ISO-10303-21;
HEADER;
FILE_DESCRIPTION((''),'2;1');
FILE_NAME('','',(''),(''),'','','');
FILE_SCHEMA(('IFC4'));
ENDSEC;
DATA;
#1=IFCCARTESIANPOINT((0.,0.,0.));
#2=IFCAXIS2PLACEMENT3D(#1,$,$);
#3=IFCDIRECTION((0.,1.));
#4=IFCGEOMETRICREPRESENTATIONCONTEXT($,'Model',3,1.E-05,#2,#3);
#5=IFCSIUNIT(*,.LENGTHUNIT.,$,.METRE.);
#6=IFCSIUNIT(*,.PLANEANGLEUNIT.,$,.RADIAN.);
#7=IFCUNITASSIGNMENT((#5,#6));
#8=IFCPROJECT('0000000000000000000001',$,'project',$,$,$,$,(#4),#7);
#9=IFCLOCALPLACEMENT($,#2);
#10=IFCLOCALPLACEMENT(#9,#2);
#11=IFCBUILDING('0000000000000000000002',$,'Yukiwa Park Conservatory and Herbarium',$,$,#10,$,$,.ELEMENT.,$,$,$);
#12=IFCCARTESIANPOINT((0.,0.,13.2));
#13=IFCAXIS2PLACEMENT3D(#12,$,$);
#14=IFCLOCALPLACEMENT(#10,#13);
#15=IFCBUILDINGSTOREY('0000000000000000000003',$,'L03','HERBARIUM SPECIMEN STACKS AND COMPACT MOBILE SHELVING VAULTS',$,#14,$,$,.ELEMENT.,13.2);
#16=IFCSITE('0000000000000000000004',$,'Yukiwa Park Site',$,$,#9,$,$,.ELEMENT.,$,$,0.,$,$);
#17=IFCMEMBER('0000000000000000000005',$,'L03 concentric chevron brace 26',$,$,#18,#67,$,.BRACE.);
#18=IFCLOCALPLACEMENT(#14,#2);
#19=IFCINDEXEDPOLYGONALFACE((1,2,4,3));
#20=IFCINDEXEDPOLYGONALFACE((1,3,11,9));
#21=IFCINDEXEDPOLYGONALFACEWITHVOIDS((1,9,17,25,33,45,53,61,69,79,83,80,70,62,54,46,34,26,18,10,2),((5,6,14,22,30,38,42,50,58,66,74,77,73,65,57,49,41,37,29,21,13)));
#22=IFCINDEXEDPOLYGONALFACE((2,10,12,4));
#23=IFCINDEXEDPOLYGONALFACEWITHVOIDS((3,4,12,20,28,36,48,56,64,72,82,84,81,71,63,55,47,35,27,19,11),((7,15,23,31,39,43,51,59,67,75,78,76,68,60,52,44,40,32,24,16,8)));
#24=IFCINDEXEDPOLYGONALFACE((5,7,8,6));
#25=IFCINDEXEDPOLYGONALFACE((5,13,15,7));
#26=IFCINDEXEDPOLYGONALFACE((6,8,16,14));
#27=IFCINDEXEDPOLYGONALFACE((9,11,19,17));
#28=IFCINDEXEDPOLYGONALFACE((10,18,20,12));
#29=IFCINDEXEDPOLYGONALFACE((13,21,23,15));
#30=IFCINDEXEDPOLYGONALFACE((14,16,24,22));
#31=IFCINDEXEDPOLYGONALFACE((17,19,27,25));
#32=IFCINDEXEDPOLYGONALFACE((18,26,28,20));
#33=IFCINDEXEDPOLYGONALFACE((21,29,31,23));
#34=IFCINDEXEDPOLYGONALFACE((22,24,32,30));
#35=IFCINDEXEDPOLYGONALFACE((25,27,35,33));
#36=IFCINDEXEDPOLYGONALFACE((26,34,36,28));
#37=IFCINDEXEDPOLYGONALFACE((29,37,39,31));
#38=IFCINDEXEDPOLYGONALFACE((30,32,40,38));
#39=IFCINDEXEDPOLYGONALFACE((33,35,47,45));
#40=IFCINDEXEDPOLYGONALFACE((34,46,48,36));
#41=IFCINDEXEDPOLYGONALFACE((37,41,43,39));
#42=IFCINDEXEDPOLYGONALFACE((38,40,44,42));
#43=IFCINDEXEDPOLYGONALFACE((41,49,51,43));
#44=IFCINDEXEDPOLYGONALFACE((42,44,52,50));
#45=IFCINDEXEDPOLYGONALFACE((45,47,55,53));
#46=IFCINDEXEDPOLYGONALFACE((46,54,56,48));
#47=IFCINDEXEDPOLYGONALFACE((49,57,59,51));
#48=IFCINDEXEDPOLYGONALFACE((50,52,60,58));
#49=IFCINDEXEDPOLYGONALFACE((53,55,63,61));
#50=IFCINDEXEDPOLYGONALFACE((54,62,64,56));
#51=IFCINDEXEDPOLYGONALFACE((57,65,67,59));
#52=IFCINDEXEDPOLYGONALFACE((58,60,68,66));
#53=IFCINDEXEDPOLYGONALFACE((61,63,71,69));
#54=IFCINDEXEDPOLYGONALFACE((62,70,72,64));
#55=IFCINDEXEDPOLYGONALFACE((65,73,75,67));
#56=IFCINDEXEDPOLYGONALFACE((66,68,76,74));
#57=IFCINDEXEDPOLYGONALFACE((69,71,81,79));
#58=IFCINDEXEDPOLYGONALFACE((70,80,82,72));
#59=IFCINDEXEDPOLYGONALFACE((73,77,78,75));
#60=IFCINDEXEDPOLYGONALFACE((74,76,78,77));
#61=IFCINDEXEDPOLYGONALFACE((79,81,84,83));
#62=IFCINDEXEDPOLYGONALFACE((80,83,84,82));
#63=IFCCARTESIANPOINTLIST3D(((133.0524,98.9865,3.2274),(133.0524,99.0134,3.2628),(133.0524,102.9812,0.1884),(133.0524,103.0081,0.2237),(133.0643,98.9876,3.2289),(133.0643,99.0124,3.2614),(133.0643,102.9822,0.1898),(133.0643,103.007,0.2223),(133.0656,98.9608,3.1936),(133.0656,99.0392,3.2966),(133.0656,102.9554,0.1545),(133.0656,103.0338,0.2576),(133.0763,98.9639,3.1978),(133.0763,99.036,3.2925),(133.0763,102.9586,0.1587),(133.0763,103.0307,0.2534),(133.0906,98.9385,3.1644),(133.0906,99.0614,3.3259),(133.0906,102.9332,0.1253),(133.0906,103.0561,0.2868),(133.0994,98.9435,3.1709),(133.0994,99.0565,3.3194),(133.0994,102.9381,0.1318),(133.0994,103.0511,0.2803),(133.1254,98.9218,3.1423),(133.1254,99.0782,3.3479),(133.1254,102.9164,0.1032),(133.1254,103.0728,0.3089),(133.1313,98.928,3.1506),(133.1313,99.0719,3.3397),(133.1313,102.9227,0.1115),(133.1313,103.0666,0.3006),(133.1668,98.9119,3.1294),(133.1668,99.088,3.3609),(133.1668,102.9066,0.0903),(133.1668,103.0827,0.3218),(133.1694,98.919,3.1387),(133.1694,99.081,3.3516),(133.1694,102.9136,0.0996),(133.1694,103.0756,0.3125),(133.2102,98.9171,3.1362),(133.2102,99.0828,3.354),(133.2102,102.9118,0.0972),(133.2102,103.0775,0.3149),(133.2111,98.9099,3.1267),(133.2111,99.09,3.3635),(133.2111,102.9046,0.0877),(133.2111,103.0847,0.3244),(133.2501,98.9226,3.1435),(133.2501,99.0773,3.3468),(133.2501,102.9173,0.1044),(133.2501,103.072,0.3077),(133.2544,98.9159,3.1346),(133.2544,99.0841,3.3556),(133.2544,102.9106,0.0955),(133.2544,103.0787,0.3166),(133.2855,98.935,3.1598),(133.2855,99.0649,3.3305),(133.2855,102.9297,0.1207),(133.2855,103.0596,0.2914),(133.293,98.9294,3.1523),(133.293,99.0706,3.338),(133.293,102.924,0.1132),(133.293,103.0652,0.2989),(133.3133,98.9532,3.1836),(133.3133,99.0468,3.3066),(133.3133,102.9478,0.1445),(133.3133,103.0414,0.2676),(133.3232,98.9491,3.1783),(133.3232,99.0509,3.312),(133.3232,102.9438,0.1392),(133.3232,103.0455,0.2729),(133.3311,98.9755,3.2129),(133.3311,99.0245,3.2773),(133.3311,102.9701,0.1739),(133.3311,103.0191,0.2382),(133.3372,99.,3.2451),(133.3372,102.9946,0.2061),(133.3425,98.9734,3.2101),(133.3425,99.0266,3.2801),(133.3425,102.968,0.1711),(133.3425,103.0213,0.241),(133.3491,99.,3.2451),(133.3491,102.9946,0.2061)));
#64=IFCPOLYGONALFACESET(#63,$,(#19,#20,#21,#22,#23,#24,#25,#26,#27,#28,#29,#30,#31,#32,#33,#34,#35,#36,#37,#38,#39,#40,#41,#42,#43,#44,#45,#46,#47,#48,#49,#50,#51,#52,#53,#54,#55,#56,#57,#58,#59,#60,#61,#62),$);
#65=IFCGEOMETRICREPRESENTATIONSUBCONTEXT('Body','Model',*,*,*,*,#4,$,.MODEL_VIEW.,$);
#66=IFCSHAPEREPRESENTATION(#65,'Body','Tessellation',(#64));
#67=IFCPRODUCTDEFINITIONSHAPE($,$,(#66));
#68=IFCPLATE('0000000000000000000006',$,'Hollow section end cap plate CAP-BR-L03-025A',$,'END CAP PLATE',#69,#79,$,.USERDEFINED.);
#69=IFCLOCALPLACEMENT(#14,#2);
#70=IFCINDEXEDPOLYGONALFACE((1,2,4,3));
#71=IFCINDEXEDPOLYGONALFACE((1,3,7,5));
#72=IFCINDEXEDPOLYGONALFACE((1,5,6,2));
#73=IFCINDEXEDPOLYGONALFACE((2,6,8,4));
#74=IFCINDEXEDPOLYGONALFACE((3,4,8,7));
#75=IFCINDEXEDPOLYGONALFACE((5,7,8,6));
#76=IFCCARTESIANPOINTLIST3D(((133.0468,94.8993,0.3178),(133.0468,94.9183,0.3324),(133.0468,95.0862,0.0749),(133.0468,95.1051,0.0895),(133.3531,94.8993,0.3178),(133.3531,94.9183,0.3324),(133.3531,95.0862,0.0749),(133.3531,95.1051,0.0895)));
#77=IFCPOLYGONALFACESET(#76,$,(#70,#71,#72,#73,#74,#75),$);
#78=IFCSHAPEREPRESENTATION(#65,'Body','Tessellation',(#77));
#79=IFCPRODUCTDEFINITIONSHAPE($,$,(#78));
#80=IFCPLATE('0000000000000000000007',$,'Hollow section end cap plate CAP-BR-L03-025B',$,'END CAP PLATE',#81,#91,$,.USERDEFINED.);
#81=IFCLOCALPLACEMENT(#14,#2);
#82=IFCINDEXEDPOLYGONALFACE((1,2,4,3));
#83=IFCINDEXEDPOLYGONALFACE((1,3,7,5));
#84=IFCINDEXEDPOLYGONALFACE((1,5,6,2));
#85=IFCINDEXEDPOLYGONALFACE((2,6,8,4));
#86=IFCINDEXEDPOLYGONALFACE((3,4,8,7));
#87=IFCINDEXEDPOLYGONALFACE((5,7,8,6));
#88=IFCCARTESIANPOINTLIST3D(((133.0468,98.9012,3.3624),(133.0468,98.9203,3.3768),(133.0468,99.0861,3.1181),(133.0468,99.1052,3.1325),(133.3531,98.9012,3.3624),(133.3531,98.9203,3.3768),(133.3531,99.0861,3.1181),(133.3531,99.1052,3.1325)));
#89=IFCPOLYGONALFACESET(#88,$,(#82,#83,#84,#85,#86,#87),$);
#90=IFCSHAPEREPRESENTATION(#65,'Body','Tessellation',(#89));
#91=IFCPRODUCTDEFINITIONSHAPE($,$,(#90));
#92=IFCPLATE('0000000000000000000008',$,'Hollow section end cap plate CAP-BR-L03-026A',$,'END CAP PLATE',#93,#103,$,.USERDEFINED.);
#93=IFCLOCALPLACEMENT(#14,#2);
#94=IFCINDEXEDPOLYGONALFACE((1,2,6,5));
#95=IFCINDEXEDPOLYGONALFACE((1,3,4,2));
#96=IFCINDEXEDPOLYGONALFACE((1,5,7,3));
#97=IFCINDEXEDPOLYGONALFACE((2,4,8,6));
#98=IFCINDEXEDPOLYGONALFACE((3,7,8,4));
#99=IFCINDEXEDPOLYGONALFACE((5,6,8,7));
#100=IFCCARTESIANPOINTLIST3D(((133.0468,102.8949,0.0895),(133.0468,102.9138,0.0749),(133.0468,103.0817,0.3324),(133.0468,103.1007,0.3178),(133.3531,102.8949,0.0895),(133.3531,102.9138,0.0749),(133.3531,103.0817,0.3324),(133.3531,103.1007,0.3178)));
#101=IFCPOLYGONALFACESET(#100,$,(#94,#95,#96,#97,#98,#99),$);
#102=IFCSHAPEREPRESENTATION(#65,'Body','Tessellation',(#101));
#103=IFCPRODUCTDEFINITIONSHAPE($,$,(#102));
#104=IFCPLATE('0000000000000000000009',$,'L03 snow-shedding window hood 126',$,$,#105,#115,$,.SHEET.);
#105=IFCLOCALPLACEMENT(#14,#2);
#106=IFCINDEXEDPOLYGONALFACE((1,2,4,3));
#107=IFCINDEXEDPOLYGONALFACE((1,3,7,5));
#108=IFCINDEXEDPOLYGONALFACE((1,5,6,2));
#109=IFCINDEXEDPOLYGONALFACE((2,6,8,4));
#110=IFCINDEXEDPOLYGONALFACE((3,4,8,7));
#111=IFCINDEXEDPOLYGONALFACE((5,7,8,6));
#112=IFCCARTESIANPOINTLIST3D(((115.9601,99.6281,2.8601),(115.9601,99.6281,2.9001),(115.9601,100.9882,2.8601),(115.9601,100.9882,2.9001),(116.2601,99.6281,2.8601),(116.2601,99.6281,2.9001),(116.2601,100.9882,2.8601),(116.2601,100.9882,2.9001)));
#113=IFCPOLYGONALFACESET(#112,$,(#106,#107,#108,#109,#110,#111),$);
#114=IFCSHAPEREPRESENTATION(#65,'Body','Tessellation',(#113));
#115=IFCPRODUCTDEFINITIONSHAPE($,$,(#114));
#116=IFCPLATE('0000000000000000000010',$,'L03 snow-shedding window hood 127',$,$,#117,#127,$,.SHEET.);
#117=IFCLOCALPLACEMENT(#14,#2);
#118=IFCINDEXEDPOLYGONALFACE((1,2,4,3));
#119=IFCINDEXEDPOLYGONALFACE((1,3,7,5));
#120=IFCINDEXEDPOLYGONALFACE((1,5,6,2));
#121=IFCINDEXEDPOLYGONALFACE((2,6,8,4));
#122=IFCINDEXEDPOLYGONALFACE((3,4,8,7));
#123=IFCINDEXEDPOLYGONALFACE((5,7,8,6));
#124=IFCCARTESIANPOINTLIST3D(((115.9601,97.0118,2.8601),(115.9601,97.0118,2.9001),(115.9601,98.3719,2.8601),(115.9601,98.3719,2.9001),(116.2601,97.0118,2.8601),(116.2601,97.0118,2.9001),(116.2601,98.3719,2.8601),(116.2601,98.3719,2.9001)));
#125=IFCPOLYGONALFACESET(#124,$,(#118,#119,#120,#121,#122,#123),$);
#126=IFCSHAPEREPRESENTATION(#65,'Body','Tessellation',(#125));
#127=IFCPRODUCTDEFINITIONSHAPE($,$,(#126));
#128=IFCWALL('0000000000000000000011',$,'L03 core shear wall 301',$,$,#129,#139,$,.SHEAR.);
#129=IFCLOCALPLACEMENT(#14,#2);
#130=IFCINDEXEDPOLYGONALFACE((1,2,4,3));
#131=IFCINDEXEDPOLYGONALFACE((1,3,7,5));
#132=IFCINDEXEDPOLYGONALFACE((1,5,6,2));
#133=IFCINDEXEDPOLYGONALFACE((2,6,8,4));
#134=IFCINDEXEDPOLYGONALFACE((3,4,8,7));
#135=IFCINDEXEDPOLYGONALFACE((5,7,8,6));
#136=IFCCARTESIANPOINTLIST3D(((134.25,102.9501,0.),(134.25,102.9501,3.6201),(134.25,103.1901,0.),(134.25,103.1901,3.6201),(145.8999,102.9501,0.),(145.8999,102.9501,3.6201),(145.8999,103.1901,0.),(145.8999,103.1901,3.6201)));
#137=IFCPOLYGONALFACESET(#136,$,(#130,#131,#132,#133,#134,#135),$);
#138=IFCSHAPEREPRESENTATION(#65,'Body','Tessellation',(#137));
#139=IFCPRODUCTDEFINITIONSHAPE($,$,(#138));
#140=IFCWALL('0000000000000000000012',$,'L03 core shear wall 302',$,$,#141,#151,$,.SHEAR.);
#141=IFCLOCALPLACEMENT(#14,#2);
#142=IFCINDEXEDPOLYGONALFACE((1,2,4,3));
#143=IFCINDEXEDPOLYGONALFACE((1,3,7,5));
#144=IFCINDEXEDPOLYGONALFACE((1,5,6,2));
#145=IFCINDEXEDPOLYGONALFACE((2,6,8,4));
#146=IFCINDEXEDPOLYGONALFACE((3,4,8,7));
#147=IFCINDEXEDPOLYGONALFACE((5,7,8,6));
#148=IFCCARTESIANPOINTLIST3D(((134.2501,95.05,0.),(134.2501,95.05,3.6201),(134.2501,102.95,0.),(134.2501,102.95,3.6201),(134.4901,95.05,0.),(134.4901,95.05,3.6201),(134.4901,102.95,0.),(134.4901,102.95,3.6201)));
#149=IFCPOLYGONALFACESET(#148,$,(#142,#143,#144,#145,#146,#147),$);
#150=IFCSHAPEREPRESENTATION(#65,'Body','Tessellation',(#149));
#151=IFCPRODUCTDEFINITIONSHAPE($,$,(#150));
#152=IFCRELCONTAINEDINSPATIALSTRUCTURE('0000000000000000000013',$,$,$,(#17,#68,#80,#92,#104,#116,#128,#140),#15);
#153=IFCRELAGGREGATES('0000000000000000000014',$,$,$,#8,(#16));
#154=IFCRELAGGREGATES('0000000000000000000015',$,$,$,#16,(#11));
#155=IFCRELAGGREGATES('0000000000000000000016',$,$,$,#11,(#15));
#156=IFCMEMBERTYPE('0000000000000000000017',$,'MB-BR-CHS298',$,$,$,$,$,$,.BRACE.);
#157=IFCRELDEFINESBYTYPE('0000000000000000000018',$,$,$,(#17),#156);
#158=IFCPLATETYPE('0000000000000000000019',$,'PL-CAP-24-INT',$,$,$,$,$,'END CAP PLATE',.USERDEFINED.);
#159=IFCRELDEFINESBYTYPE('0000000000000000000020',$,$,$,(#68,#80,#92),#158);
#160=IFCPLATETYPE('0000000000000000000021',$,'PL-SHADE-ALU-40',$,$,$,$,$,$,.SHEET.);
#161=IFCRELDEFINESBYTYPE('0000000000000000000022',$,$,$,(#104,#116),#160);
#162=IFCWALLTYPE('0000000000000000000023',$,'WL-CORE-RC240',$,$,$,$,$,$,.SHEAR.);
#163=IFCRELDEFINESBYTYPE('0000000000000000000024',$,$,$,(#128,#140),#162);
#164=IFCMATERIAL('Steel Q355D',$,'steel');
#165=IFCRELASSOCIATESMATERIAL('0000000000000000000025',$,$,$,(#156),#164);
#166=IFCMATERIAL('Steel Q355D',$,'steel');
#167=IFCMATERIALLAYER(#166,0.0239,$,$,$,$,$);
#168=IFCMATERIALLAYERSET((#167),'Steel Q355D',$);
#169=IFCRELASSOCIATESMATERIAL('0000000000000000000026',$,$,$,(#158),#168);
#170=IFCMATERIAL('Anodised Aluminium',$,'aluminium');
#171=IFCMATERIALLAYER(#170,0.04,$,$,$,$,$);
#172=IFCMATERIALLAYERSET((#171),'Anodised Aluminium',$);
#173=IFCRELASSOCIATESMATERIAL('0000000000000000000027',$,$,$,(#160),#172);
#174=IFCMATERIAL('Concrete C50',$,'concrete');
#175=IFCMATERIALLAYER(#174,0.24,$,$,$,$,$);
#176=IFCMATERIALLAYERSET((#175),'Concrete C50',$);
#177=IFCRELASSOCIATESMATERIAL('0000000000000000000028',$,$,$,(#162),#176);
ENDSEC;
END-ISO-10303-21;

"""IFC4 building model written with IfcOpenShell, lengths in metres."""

from ifc_helpers import new_model, si_unit, direction, frame, frame_2d, origin, origin_2d, place, context, subcontext, project, spatial, rectangle, hollow_circle, extrude, material, layer, layer_set, material_profile, profile_set, type_object, element, save


model = new_model("IFC4")

# Units and contexts
model_context = context("Model", 3, precision=1e-05, world=origin(), true_north=direction((0.0, 1.0)))
body_context = subcontext(model_context, "Body", "Model", "MODEL_VIEW")
ifc_project = project(units=[si_unit("LENGTHUNIT", "METRE"), si_unit("PLANEANGLEUNIT", "RADIAN")], contexts=[model_context])

# Site, building, storey
site_placement = place(None, origin())
site = spatial("IfcSite", under=ifc_project, at=site_placement, Name="Yukiwa Park Site", CompositionType="ELEMENT", RefElevation=0.0)
building_placement = place(site_placement, origin())
building = spatial("IfcBuilding", under=site, at=building_placement, Name="Yukiwa Park Conservatory and Herbarium", CompositionType="ELEMENT")
storey_placement = place(building_placement, frame((0.0, 0.0, 13.2)))
storey = spatial("IfcBuildingStorey", under=building, at=storey_placement, Name="L03", Description="HERBARIUM SPECIMEN STACKS AND COMPACT MOBILE SHELVING VAULTS", CompositionType="ELEMENT", Elevation=13.2)

# Member
ifc_material_1 = material(Name="Steel Q355D", Category="steel")
ifc_material_profile_1 = material_profile(ifc_material_1, hollow_circle(Radius=0.1492, WallThickness=0.012, at=origin_2d()), Name="CHS 298.5x12")
ifc_profile_set_1 = profile_set([ifc_material_profile_1], Name="Steel Q355D")
member_type = type_object("IfcMemberType", Name="MB-BR-CHS298", PredefinedType="BRACE", material=ifc_profile_set_1)
for number, where, z_axis, x_axis, name in (
    (1, (133.2, 102.9946, 0.2061), (0.0, -0.79586, 0.60548), (1.0, 0.0, 0.0), "L03 concentric chevron brace 26"),
):
    element("IfcMember", number, at=place(storey_placement, frame(where, z_axis=z_axis, x_axis=x_axis)), inside=storey, type_object=member_type, Name=name, PredefinedType="BRACE", context=body_context, shape_type="SweptSolid", body=[
        extrude(hollow_circle(Radius=0.1492, WallThickness=0.012, at=origin_2d()), origin(), (0.0, 0.0, 1.0), 5.0193),
    ])

# Plates
ifc_material_2 = material(Name="Steel Q355D", Category="steel")
ifc_layer_1 = layer(ifc_material_2, 0.0239)
ifc_layer_set_1 = layer_set([ifc_layer_1], Name="Steel Q355D")
plate_type_1 = type_object("IfcPlateType", Name="PL-CAP-24-INT", ElementType="END CAP PLATE", PredefinedType="USERDEFINED", material=ifc_layer_set_1)
for number, where, z_axis, x_axis, name in (
    (2, (133.2, 95.0117, 0.2109), (0.0, -0.792624, -0.609711), (1.0, 0.0, 0.0), "Hollow section end cap plate CAP-BR-L03-025A"),
    (3, (133.2, 98.9937, 3.2402), (0.0, 0.797539, 0.603267), (-1.0, 0.0, 0.0), "Hollow section end cap plate CAP-BR-L03-025B"),
    (4, (133.2, 102.9883, 0.2109), (0.0, 0.792624, -0.609711), (-1.0, 0.0, 0.0), "Hollow section end cap plate CAP-BR-L03-026A"),
):
    element("IfcPlate", number, at=place(storey_placement, frame(where, z_axis=z_axis, x_axis=x_axis)), inside=storey, type_object=plate_type_1, Name=name, ObjectType="END CAP PLATE", PredefinedType="USERDEFINED", context=body_context, shape_type="SweptSolid", body=[
        extrude(rectangle(XDim=0.3064, YDim=0.3064, at=origin_2d()), origin(), (0.0, 0.0, 1.0), 0.0239),
    ])
ifc_material_3 = material(Name="Anodised Aluminium", Category="aluminium")
ifc_layer_2 = layer(ifc_material_3, 0.04)
ifc_layer_set_2 = layer_set([ifc_layer_2], Name="Anodised Aluminium")
plate_type_2 = type_object("IfcPlateType", Name="PL-SHADE-ALU-40", PredefinedType="SHEET", material=ifc_layer_set_2)
for number, where, z_axis, x_axis, name in (
    (5, (116.1101, 100.3081, 2.8601), (0.0, 0.0, 1.0), (0.0, -1.0, 0.0), "L03 snow-shedding window hood 126"),
    (6, (116.1101, 97.6919, 2.8601), (0.0, 0.0, 1.0), (0.0, -1.0, 0.0), "L03 snow-shedding window hood 127"),
):
    element("IfcPlate", number, at=place(storey_placement, frame(where, z_axis=z_axis, x_axis=x_axis)), inside=storey, type_object=plate_type_2, Name=name, PredefinedType="SHEET", context=body_context, shape_type="SweptSolid", body=[
        extrude(rectangle(XDim=1.3601, YDim=0.3, at=origin_2d()), origin(), (0.0, 0.0, 1.0), 0.04),
    ])

# Shared definitions
ifc_material_4 = material(Name="Concrete C50", Category="concrete")
ifc_layer_3 = layer(ifc_material_4, 0.24)
ifc_layer_set_3 = layer_set([ifc_layer_3], Name="Concrete C50")
wall_type_1 = type_object("IfcWallType", Name="WL-CORE-RC240", PredefinedType="SHEAR", material=ifc_layer_set_3)

# Walls
wall_1_placement = place(storey_placement, frame((134.25, 103.0701, 0.0), z_axis=(0.0, 0.0, 1.0), x_axis=(1.0, 0.0, 0.0)))
element("IfcWall", 7, at=wall_1_placement, inside=storey, type_object=wall_type_1, Name="L03 core shear wall 301", PredefinedType="SHEAR", context=body_context, shape_type="SweptSolid", body=[
    extrude(rectangle(XDim=11.6499, YDim=0.24, at=frame_2d((5.825, 0.0))), origin(), (0.0, 0.0, 1.0), 3.6201),
])
wall_2_placement = place(storey_placement, frame((134.3701, 95.05, 0.0), z_axis=(0.0, 0.0, 1.0), x_axis=(0.0, 1.0, 0.0)))
element("IfcWall", 8, at=wall_2_placement, inside=storey, type_object=wall_type_1, Name="L03 core shear wall 302", PredefinedType="SHEAR", context=body_context, shape_type="SweptSolid", body=[
    extrude(rectangle(XDim=7.8999, YDim=0.24, at=frame_2d((3.95, 0.0))), origin(), (0.0, 0.0, 1.0), 3.6201),
])

save(model, "model.ifc")
